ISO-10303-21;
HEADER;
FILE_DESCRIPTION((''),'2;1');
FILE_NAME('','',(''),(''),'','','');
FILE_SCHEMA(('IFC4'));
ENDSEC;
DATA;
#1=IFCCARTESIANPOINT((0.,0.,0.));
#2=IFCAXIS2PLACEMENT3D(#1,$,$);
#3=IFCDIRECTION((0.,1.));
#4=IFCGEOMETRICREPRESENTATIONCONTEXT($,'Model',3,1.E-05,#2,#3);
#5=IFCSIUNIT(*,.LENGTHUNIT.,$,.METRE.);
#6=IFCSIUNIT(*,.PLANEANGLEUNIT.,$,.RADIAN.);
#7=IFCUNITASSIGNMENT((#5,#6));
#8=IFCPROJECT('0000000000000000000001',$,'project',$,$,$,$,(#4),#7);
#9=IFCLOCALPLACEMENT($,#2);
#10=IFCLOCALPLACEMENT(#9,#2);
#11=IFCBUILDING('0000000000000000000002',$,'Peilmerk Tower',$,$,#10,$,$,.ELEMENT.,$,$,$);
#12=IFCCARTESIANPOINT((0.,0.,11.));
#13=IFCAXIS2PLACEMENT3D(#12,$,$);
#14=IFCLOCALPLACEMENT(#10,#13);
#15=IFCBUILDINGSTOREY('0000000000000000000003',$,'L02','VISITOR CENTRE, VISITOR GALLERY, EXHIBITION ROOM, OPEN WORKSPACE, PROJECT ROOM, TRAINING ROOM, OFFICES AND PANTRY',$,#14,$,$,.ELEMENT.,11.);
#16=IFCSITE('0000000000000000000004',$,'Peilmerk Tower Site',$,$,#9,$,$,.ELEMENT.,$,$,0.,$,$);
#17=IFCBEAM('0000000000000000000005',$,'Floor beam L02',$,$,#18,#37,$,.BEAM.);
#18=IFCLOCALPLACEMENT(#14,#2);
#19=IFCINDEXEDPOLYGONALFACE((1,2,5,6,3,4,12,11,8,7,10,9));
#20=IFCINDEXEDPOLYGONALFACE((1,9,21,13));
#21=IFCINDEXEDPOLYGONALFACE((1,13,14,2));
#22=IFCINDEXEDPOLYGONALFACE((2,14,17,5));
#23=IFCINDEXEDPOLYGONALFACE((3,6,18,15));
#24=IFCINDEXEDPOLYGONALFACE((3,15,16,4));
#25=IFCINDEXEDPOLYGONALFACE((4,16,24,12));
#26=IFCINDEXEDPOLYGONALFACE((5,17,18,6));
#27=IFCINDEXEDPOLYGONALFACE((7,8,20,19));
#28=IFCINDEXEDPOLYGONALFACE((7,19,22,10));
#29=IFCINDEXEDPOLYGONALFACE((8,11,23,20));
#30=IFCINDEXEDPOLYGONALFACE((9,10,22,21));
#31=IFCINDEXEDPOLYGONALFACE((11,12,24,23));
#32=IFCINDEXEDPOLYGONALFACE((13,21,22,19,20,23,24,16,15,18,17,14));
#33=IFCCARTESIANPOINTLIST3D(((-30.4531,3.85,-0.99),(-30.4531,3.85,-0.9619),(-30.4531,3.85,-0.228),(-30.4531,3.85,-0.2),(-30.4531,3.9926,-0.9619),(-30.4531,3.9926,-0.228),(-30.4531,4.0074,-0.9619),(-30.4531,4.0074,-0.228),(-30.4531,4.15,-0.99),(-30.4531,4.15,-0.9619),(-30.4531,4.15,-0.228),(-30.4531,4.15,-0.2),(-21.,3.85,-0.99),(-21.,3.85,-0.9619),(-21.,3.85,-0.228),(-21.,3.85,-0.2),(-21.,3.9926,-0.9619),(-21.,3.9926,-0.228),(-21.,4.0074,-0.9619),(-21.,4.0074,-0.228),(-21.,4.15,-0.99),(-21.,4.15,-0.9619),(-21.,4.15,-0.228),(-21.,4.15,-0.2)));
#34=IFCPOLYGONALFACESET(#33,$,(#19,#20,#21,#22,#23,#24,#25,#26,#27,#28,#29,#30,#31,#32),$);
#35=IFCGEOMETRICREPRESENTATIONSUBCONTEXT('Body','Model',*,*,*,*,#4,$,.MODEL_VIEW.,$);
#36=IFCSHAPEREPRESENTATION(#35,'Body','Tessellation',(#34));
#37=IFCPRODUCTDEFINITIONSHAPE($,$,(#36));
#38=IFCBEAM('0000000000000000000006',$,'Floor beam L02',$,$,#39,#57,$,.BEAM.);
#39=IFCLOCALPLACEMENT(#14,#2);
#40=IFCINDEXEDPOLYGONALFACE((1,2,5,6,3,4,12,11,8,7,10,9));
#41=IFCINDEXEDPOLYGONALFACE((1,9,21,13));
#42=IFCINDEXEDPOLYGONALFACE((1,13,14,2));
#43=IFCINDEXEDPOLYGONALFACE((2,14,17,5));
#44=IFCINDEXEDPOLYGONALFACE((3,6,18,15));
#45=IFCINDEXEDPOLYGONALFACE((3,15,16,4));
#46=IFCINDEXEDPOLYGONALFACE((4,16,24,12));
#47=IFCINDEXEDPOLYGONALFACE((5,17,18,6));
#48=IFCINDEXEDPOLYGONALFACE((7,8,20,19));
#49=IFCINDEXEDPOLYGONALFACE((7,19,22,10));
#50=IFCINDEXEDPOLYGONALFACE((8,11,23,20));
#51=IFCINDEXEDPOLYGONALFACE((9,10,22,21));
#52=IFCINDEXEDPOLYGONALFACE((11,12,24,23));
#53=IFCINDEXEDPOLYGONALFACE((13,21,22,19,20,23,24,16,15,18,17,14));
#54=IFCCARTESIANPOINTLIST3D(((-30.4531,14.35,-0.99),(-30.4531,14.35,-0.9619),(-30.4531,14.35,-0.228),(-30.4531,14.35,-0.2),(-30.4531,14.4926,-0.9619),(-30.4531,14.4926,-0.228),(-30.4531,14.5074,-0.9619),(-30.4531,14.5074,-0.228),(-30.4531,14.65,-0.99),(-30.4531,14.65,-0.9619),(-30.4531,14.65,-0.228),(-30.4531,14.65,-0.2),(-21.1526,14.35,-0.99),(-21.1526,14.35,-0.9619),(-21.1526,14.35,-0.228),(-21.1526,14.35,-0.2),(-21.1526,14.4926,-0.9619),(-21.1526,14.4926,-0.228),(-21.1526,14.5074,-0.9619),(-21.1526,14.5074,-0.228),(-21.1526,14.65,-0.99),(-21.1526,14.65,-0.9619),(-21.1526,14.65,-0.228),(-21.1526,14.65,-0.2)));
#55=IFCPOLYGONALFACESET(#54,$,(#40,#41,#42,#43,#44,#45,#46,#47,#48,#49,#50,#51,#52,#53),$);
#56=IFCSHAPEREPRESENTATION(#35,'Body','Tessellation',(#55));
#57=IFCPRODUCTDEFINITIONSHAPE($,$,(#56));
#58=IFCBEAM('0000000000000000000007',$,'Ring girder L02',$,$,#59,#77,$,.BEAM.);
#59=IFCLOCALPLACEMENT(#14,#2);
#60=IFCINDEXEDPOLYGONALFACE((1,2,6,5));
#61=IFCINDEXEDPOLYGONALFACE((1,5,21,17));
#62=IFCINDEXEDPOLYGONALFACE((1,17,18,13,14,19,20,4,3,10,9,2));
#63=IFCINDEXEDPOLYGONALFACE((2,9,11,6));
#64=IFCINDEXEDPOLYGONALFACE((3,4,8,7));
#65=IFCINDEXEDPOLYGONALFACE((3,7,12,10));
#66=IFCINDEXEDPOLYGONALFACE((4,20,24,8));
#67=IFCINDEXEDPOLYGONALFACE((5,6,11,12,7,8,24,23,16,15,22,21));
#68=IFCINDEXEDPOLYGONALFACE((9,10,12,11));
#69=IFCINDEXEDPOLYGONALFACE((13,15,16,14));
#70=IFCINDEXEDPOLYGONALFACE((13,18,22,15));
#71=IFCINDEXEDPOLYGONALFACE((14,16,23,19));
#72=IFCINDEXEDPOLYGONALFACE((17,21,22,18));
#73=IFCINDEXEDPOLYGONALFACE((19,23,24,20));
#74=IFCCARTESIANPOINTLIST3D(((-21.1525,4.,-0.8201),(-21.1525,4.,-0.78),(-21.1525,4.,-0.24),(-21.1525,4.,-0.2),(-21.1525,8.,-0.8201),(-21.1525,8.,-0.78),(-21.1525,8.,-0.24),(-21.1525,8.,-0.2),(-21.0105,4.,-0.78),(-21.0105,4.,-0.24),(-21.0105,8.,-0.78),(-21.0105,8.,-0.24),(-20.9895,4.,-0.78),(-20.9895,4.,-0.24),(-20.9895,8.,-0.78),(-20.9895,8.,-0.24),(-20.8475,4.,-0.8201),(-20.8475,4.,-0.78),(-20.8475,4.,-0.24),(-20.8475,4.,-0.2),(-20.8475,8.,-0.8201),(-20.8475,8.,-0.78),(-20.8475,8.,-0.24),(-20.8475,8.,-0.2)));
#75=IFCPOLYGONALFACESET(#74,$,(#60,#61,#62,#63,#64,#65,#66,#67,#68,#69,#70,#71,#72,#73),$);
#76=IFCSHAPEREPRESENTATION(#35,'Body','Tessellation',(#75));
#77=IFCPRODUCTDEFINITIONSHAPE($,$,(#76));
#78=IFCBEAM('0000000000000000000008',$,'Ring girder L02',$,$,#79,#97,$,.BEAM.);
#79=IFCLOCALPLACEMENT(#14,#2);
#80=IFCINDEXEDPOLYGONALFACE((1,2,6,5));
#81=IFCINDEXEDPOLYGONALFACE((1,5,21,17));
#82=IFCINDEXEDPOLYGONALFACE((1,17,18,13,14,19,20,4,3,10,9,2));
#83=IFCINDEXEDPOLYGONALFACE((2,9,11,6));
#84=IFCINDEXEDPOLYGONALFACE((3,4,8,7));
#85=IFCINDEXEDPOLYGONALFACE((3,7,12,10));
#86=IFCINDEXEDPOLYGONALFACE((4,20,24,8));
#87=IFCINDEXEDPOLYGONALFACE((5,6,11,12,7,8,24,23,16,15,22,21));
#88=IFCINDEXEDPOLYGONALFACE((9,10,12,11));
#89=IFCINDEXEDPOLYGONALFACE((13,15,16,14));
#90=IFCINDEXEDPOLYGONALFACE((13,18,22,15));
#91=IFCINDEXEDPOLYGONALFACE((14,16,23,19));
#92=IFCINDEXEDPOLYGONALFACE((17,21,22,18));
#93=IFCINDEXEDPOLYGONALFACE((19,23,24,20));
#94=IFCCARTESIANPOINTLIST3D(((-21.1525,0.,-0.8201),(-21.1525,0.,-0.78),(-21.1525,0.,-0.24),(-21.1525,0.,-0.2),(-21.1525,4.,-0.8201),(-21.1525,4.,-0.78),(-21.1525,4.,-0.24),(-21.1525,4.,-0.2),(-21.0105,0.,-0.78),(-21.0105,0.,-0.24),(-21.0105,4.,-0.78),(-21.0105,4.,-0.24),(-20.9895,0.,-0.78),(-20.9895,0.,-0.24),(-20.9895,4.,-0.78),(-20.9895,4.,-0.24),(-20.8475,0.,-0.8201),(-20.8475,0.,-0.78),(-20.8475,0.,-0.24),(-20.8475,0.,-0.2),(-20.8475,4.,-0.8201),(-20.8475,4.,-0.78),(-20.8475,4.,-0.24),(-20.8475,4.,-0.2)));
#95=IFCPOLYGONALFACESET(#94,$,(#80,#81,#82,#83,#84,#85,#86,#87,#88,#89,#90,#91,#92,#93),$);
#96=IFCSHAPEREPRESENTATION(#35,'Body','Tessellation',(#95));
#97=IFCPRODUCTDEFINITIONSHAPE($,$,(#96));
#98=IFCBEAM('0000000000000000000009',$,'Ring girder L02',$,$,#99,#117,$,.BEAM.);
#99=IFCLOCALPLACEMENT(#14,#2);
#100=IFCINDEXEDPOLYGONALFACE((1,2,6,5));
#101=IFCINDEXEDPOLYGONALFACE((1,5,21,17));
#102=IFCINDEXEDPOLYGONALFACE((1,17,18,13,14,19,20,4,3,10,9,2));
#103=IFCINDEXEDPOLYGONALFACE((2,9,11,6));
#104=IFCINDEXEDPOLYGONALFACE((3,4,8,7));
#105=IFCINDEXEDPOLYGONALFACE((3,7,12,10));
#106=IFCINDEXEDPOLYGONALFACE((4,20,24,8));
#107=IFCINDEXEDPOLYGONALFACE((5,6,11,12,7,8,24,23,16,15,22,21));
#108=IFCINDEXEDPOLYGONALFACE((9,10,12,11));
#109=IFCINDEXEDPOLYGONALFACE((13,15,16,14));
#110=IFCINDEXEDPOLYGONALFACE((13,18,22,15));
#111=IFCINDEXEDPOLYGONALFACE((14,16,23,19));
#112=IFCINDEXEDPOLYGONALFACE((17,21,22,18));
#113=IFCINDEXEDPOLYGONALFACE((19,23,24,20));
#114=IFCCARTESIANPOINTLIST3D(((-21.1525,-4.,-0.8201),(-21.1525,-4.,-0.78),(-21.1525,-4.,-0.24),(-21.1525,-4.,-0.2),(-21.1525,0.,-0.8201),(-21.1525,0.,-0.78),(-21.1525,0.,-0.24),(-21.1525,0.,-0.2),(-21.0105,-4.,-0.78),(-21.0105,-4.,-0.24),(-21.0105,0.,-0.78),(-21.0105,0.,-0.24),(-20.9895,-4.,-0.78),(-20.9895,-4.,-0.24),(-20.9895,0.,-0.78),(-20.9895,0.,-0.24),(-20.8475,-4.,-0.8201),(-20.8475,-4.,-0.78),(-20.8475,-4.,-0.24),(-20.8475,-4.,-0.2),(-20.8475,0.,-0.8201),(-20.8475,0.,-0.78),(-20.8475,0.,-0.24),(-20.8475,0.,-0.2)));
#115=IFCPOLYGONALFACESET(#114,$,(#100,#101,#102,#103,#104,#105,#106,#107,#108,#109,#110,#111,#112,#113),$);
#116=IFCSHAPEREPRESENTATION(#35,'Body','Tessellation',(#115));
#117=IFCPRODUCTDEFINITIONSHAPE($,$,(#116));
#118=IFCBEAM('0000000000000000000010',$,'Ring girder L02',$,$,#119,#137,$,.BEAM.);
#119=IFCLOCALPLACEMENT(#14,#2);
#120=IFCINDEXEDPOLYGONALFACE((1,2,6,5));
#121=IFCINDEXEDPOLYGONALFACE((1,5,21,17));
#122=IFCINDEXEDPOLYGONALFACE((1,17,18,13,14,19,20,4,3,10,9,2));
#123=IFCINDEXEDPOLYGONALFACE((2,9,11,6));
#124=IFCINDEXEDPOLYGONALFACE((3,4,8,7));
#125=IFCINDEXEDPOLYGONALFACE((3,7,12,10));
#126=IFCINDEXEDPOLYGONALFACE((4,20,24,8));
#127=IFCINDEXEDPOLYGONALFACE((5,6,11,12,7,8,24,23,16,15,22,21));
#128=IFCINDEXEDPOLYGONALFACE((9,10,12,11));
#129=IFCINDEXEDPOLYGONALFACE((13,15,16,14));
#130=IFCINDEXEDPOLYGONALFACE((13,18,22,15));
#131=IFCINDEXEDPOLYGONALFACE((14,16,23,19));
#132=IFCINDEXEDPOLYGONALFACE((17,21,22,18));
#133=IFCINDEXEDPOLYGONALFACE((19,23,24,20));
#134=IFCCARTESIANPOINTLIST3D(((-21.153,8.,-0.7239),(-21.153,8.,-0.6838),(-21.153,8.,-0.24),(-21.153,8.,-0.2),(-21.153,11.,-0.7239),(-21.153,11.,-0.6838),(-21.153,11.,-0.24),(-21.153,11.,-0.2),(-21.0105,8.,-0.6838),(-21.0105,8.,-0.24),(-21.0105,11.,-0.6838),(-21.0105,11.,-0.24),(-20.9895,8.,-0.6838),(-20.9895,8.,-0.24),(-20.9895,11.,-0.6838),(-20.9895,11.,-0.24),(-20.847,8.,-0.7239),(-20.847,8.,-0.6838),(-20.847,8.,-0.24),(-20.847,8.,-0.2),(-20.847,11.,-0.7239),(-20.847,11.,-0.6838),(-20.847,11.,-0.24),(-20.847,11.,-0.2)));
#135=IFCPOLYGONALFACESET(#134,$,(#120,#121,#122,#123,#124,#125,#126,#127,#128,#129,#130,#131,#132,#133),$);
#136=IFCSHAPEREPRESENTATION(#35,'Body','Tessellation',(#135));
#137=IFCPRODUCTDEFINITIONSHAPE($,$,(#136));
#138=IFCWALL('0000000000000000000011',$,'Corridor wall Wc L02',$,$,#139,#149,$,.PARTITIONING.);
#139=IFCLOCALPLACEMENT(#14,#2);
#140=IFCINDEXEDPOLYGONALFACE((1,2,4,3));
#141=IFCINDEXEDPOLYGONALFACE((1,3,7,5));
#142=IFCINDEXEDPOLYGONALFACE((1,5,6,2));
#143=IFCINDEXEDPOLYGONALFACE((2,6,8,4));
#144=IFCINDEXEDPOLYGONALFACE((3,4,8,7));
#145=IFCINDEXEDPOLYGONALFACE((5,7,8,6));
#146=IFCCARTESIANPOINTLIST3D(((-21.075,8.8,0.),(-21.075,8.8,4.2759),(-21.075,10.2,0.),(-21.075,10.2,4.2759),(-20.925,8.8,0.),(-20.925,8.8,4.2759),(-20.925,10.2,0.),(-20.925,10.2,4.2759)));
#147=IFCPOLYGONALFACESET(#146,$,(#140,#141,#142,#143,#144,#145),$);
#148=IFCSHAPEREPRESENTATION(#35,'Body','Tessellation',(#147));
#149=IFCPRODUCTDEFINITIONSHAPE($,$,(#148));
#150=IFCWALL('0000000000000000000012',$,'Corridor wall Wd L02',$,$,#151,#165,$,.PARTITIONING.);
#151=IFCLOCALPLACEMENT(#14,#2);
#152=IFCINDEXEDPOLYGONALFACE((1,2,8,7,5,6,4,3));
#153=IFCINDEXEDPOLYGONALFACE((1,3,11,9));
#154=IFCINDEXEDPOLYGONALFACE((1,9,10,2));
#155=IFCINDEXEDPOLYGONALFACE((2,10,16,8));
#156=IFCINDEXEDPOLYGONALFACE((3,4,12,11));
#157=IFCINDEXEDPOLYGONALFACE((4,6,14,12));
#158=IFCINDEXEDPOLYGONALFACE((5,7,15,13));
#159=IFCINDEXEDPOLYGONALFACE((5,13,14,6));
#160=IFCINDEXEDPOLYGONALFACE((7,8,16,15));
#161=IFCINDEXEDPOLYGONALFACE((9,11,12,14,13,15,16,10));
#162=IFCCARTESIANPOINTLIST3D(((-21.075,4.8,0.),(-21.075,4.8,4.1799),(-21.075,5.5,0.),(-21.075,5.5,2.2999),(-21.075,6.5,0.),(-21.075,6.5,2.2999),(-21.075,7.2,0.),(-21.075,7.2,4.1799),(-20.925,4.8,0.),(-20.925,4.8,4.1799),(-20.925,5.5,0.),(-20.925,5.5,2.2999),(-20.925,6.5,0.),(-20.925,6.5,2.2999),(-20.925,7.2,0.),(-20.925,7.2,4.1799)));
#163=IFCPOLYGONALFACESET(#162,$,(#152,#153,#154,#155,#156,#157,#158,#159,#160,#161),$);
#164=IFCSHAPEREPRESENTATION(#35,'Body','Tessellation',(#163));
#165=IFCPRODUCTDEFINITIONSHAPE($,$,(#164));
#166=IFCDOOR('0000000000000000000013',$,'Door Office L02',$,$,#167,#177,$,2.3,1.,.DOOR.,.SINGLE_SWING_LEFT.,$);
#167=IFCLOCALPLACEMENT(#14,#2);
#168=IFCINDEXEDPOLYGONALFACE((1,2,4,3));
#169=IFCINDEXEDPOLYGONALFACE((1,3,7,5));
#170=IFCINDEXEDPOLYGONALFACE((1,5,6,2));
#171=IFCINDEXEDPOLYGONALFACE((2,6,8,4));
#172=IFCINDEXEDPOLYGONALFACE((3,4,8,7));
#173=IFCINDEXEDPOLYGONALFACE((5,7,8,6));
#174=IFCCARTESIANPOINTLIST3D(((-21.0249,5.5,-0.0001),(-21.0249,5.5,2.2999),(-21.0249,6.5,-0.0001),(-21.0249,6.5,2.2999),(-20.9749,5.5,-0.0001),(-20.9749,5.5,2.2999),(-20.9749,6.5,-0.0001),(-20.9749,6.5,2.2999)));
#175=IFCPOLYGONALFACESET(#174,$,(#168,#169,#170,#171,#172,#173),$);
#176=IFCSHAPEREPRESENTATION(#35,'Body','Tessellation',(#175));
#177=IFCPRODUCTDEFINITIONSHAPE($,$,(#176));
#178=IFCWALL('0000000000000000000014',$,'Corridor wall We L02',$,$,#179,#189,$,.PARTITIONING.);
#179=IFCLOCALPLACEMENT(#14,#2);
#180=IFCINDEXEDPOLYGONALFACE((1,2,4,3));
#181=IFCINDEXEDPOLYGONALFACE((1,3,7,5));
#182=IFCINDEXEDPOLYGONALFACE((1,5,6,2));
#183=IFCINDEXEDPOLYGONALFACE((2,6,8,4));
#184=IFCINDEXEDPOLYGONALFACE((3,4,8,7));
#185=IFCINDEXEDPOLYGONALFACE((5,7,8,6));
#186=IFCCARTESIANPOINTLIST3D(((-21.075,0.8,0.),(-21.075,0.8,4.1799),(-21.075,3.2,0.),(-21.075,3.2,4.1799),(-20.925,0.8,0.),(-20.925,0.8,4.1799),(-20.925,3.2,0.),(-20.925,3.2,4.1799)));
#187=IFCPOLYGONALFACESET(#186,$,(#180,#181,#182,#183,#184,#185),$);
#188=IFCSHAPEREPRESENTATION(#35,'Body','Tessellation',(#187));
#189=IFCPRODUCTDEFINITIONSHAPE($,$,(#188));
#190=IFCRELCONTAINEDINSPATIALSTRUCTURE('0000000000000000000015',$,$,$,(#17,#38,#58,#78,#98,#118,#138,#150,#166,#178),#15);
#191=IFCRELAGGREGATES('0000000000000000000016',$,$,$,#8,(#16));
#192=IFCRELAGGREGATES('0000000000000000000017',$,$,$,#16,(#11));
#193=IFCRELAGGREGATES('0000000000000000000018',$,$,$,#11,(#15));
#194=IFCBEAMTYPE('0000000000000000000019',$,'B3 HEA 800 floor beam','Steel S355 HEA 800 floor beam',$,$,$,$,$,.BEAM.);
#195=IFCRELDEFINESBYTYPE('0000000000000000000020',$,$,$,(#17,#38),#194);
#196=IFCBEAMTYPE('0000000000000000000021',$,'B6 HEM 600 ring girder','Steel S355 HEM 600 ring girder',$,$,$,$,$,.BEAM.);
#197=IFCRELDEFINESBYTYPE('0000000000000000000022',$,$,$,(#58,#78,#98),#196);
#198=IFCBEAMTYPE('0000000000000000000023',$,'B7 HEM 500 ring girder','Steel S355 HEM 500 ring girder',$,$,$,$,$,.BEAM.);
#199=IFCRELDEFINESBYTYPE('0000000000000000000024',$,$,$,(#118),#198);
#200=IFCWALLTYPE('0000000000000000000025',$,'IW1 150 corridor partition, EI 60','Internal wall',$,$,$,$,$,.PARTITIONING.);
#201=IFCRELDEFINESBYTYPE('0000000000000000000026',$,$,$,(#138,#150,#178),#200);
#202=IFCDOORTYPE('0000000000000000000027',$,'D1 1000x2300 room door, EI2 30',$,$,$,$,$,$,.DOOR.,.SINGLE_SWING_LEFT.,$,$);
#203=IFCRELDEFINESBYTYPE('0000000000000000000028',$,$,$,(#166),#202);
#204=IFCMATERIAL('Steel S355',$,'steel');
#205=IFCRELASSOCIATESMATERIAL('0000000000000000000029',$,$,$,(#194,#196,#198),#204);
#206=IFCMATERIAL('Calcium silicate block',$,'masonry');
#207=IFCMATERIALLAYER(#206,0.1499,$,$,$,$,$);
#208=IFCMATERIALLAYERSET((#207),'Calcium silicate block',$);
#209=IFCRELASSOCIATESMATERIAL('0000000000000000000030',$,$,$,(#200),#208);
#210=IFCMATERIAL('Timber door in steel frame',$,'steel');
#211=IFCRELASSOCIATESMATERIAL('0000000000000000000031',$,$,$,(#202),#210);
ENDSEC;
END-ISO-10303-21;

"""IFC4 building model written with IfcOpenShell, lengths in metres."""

from ifc_helpers import new_model, si_unit, direction, frame, frame_2d, origin, origin_2d, place, context, subcontext, project, spatial, rectangle, i_section, extrude, material, layer, layer_set, material_profile, profile_set, type_object, element, fill, save


model = new_model("IFC4")

# Units and contexts
model_context = context("Model", 3, precision=1e-05, world=origin(), true_north=direction((0.0, 1.0)))
body_context = subcontext(model_context, "Body", "Model", "MODEL_VIEW")
ifc_project = project(units=[si_unit("LENGTHUNIT", "METRE"), si_unit("PLANEANGLEUNIT", "RADIAN")], contexts=[model_context])

# Site, building, storey
site_placement = place(None, origin())
site = spatial("IfcSite", under=ifc_project, at=site_placement, Name="Peilmerk Tower Site", CompositionType="ELEMENT", RefElevation=0.0)
building_placement = place(site_placement, origin())
building = spatial("IfcBuilding", under=site, at=building_placement, Name="Peilmerk Tower", CompositionType="ELEMENT")
storey_placement = place(building_placement, frame((0.0, 0.0, 11.0)))
storey = spatial("IfcBuildingStorey", under=building, at=storey_placement, Name="L02", Description="VISITOR CENTRE, VISITOR GALLERY, EXHIBITION ROOM, OPEN WORKSPACE, PROJECT ROOM, TRAINING ROOM, OFFICES AND PANTRY", CompositionType="ELEMENT", Elevation=11.0)

# Shared definitions
ifc_material_1 = material(Name="Steel S355", Category="steel")

# Beams
ifc_material_profile_1 = material_profile(ifc_material_1, i_section(OverallWidth=0.3, OverallDepth=0.79, WebThickness=0.0149, FlangeThickness=0.0281, at=origin_2d()), Name="HEA 800")
ifc_profile_set_1 = profile_set([ifc_material_profile_1], Name="Steel S355")
beam_type_1 = type_object("IfcBeamType", Name="B3 HEA 800 floor beam", Description="Steel S355 HEA 800 floor beam", PredefinedType="BEAM", material=ifc_profile_set_1)
for number, where, z_axis, x_axis, name in (
    (1, (-21.0, 4.0, -0.595), (-1.0, 0.0, 0.0), (0.0, -1.0, 0.0), "Floor beam L02"),
):
    element("IfcBeam", number, at=place(storey_placement, frame(where, z_axis=z_axis, x_axis=x_axis)), inside=storey, type_object=beam_type_1, Name=name, PredefinedType="BEAM", context=body_context, shape_type="SweptSolid", body=[
        extrude(i_section(OverallWidth=0.3, OverallDepth=0.79, WebThickness=0.0149, FlangeThickness=0.0281, at=origin_2d()), origin(), (0.0, 0.0, 1.0), 9.4531),
    ])
beam_1_placement = place(storey_placement, frame((-21.1526, 14.5, -0.595), z_axis=(-1.0, 0.0, 0.0), x_axis=(0.0, -1.0, 0.0)))
element("IfcBeam", 2, at=beam_1_placement, inside=storey, type_object=beam_type_1, Name="Floor beam L02", PredefinedType="BEAM", context=body_context, shape_type="SweptSolid", body=[
    extrude(i_section(OverallWidth=0.3, OverallDepth=0.79, WebThickness=0.0149, FlangeThickness=0.0281, at=origin_2d()), origin(), (0.0, 0.0, 1.0), 9.3005),
])
ifc_material_profile_2 = material_profile(ifc_material_1, i_section(OverallWidth=0.3049, OverallDepth=0.6201, WebThickness=0.021, FlangeThickness=0.04, at=origin_2d()), Name="HEM 600")
ifc_profile_set_2 = profile_set([ifc_material_profile_2], Name="Steel S355")
beam_type_2 = type_object("IfcBeamType", Name="B6 HEM 600 ring girder", Description="Steel S355 HEM 600 ring girder", PredefinedType="BEAM", material=ifc_profile_set_2)
for number, where, z_axis, x_axis, name in (
    (3, (-21.0, 8.0, -0.51), (0.0, -1.0, 0.0), (1.0, 0.0, 0.0), "Ring girder L02"),
    (4, (-21.0, 4.0, -0.51), (0.0, -1.0, 0.0), (1.0, 0.0, 0.0), "Ring girder L02"),
    (5, (-21.0, 0.0, -0.51), (0.0, -1.0, 0.0), (1.0, 0.0, 0.0), "Ring girder L02"),
):
    element("IfcBeam", number, at=place(storey_placement, frame(where, z_axis=z_axis, x_axis=x_axis)), inside=storey, type_object=beam_type_2, Name=name, PredefinedType="BEAM", context=body_context, shape_type="SweptSolid", body=[
        extrude(i_section(OverallWidth=0.3049, OverallDepth=0.6201, WebThickness=0.021, FlangeThickness=0.04, at=origin_2d()), origin(), (0.0, 0.0, 1.0), 4.0),
    ])
ifc_material_profile_3 = material_profile(ifc_material_1, i_section(OverallWidth=0.3059, OverallDepth=0.5239, WebThickness=0.021, FlangeThickness=0.04, at=origin_2d()), Name="HEM 500")
ifc_profile_set_3 = profile_set([ifc_material_profile_3], Name="Steel S355")
beam_type_3 = type_object("IfcBeamType", Name="B7 HEM 500 ring girder", Description="Steel S355 HEM 500 ring girder", PredefinedType="BEAM", material=ifc_profile_set_3)
beam_2_placement = place(storey_placement, frame((-21.0, 11.0, -0.4619), z_axis=(0.0, -1.0, 0.0), x_axis=(1.0, 0.0, 0.0)))
element("IfcBeam", 6, at=beam_2_placement, inside=storey, type_object=beam_type_3, Name="Ring girder L02", PredefinedType="BEAM", context=body_context, shape_type="SweptSolid", body=[
    extrude(i_section(OverallWidth=0.3059, OverallDepth=0.5239, WebThickness=0.021, FlangeThickness=0.04, at=origin_2d()), origin(), (0.0, 0.0, 1.0), 3.0),
])

# Wall
ifc_material_2 = material(Name="Calcium silicate block", Category="masonry")
ifc_layer_1 = layer(ifc_material_2, 0.1499)
ifc_layer_set_1 = layer_set([ifc_layer_1], Name="Calcium silicate block")
wall_type_1 = type_object("IfcWallType", Name="IW1 150 corridor partition, EI 60", Description="Internal wall", PredefinedType="PARTITIONING", material=ifc_layer_set_1)
wall_1_placement = place(storey_placement, frame((-21.0, 10.2, 0.0), z_axis=(0.0, 0.0, 1.0), x_axis=(0.0, -1.0, 0.0)))
element("IfcWall", 7, at=wall_1_placement, inside=storey, type_object=wall_type_1, Name="Corridor wall Wc L02", PredefinedType="PARTITIONING", context=body_context, shape_type="SweptSolid", body=[
    extrude(rectangle(XDim=1.3999, YDim=0.1499, at=frame_2d((0.7, 0.0))), origin(), (0.0, 0.0, 1.0), 4.2759),
])

# Wall, opening, door
wall_2_placement = place(storey_placement, frame((-21.0, 7.2, 0.0), z_axis=(0.0, 0.0, 1.0), x_axis=(0.0, -1.0, 0.0)))
wall_2 = element("IfcWall", 8, at=wall_2_placement, inside=storey, type_object=wall_type_1, Name="Corridor wall Wd L02", PredefinedType="PARTITIONING", context=body_context, shape_type="SweptSolid", body=[
    extrude(rectangle(XDim=2.3999, YDim=0.1499, at=frame_2d((1.2, 0.0))), origin(), (0.0, 0.0, 1.0), 4.1799),
])
opening_placement = place(wall_2_placement, frame((0.7, 0.0, 0.0)))
opening = element("IfcOpeningElement", 9, at=opening_placement, cuts=wall_2, PredefinedType="OPENING", context=body_context, shape_type="SweptSolid", body=[
    extrude(rectangle(XDim=1.0, YDim=2.3, at=frame_2d((0.5, 1.1499))), frame((0.0, 0.085, 0.0), z_axis=(0.0, -1.0, 0.0), x_axis=(1.0, 0.0, 0.0)), (0.0, 0.0, 1.0), 0.1699),
])
ifc_material_3 = material(Name="Timber door in steel frame", Category="steel")
door_type = type_object("IfcDoorType", Name="D1 1000x2300 room door, EI2 30", OperationType="SINGLE_SWING_LEFT", PredefinedType="DOOR", material=ifc_material_3)
door_placement = place(opening_placement, frame((1.0, 0.0, 0.0), z_axis=(0.0, 0.0, 1.0), x_axis=(-1.0, 0.0, 0.0)))
door = element("IfcDoor", 10, at=door_placement, inside=storey, type_object=door_type, Name="Door Office L02", OperationType="SINGLE_SWING_LEFT", OverallHeight=2.3, OverallWidth=1.0, PredefinedType="DOOR", context=body_context, shape_type="SweptSolid", body=[
    extrude(rectangle(XDim=1.0, YDim=2.3, at=frame_2d((0.5, 1.1499))), frame((0.0, 0.0249, 0.0), z_axis=(0.0, -1.0, 0.0), x_axis=(1.0, 0.0, 0.0)), (0.0, 0.0, 1.0), 0.05),
])
fill(opening, door)

# Wall
wall_3_placement = place(storey_placement, frame((-21.0, 3.2, 0.0), z_axis=(0.0, 0.0, 1.0), x_axis=(0.0, -1.0, 0.0)))
element("IfcWall", 11, at=wall_3_placement, inside=storey, type_object=wall_type_1, Name="Corridor wall We L02", PredefinedType="PARTITIONING", context=body_context, shape_type="SweptSolid", body=[
    extrude(rectangle(XDim=2.3999, YDim=0.1499, at=frame_2d((1.2, 0.0))), origin(), (0.0, 0.0, 1.0), 4.1799),
])

save(model, "model.ifc")
